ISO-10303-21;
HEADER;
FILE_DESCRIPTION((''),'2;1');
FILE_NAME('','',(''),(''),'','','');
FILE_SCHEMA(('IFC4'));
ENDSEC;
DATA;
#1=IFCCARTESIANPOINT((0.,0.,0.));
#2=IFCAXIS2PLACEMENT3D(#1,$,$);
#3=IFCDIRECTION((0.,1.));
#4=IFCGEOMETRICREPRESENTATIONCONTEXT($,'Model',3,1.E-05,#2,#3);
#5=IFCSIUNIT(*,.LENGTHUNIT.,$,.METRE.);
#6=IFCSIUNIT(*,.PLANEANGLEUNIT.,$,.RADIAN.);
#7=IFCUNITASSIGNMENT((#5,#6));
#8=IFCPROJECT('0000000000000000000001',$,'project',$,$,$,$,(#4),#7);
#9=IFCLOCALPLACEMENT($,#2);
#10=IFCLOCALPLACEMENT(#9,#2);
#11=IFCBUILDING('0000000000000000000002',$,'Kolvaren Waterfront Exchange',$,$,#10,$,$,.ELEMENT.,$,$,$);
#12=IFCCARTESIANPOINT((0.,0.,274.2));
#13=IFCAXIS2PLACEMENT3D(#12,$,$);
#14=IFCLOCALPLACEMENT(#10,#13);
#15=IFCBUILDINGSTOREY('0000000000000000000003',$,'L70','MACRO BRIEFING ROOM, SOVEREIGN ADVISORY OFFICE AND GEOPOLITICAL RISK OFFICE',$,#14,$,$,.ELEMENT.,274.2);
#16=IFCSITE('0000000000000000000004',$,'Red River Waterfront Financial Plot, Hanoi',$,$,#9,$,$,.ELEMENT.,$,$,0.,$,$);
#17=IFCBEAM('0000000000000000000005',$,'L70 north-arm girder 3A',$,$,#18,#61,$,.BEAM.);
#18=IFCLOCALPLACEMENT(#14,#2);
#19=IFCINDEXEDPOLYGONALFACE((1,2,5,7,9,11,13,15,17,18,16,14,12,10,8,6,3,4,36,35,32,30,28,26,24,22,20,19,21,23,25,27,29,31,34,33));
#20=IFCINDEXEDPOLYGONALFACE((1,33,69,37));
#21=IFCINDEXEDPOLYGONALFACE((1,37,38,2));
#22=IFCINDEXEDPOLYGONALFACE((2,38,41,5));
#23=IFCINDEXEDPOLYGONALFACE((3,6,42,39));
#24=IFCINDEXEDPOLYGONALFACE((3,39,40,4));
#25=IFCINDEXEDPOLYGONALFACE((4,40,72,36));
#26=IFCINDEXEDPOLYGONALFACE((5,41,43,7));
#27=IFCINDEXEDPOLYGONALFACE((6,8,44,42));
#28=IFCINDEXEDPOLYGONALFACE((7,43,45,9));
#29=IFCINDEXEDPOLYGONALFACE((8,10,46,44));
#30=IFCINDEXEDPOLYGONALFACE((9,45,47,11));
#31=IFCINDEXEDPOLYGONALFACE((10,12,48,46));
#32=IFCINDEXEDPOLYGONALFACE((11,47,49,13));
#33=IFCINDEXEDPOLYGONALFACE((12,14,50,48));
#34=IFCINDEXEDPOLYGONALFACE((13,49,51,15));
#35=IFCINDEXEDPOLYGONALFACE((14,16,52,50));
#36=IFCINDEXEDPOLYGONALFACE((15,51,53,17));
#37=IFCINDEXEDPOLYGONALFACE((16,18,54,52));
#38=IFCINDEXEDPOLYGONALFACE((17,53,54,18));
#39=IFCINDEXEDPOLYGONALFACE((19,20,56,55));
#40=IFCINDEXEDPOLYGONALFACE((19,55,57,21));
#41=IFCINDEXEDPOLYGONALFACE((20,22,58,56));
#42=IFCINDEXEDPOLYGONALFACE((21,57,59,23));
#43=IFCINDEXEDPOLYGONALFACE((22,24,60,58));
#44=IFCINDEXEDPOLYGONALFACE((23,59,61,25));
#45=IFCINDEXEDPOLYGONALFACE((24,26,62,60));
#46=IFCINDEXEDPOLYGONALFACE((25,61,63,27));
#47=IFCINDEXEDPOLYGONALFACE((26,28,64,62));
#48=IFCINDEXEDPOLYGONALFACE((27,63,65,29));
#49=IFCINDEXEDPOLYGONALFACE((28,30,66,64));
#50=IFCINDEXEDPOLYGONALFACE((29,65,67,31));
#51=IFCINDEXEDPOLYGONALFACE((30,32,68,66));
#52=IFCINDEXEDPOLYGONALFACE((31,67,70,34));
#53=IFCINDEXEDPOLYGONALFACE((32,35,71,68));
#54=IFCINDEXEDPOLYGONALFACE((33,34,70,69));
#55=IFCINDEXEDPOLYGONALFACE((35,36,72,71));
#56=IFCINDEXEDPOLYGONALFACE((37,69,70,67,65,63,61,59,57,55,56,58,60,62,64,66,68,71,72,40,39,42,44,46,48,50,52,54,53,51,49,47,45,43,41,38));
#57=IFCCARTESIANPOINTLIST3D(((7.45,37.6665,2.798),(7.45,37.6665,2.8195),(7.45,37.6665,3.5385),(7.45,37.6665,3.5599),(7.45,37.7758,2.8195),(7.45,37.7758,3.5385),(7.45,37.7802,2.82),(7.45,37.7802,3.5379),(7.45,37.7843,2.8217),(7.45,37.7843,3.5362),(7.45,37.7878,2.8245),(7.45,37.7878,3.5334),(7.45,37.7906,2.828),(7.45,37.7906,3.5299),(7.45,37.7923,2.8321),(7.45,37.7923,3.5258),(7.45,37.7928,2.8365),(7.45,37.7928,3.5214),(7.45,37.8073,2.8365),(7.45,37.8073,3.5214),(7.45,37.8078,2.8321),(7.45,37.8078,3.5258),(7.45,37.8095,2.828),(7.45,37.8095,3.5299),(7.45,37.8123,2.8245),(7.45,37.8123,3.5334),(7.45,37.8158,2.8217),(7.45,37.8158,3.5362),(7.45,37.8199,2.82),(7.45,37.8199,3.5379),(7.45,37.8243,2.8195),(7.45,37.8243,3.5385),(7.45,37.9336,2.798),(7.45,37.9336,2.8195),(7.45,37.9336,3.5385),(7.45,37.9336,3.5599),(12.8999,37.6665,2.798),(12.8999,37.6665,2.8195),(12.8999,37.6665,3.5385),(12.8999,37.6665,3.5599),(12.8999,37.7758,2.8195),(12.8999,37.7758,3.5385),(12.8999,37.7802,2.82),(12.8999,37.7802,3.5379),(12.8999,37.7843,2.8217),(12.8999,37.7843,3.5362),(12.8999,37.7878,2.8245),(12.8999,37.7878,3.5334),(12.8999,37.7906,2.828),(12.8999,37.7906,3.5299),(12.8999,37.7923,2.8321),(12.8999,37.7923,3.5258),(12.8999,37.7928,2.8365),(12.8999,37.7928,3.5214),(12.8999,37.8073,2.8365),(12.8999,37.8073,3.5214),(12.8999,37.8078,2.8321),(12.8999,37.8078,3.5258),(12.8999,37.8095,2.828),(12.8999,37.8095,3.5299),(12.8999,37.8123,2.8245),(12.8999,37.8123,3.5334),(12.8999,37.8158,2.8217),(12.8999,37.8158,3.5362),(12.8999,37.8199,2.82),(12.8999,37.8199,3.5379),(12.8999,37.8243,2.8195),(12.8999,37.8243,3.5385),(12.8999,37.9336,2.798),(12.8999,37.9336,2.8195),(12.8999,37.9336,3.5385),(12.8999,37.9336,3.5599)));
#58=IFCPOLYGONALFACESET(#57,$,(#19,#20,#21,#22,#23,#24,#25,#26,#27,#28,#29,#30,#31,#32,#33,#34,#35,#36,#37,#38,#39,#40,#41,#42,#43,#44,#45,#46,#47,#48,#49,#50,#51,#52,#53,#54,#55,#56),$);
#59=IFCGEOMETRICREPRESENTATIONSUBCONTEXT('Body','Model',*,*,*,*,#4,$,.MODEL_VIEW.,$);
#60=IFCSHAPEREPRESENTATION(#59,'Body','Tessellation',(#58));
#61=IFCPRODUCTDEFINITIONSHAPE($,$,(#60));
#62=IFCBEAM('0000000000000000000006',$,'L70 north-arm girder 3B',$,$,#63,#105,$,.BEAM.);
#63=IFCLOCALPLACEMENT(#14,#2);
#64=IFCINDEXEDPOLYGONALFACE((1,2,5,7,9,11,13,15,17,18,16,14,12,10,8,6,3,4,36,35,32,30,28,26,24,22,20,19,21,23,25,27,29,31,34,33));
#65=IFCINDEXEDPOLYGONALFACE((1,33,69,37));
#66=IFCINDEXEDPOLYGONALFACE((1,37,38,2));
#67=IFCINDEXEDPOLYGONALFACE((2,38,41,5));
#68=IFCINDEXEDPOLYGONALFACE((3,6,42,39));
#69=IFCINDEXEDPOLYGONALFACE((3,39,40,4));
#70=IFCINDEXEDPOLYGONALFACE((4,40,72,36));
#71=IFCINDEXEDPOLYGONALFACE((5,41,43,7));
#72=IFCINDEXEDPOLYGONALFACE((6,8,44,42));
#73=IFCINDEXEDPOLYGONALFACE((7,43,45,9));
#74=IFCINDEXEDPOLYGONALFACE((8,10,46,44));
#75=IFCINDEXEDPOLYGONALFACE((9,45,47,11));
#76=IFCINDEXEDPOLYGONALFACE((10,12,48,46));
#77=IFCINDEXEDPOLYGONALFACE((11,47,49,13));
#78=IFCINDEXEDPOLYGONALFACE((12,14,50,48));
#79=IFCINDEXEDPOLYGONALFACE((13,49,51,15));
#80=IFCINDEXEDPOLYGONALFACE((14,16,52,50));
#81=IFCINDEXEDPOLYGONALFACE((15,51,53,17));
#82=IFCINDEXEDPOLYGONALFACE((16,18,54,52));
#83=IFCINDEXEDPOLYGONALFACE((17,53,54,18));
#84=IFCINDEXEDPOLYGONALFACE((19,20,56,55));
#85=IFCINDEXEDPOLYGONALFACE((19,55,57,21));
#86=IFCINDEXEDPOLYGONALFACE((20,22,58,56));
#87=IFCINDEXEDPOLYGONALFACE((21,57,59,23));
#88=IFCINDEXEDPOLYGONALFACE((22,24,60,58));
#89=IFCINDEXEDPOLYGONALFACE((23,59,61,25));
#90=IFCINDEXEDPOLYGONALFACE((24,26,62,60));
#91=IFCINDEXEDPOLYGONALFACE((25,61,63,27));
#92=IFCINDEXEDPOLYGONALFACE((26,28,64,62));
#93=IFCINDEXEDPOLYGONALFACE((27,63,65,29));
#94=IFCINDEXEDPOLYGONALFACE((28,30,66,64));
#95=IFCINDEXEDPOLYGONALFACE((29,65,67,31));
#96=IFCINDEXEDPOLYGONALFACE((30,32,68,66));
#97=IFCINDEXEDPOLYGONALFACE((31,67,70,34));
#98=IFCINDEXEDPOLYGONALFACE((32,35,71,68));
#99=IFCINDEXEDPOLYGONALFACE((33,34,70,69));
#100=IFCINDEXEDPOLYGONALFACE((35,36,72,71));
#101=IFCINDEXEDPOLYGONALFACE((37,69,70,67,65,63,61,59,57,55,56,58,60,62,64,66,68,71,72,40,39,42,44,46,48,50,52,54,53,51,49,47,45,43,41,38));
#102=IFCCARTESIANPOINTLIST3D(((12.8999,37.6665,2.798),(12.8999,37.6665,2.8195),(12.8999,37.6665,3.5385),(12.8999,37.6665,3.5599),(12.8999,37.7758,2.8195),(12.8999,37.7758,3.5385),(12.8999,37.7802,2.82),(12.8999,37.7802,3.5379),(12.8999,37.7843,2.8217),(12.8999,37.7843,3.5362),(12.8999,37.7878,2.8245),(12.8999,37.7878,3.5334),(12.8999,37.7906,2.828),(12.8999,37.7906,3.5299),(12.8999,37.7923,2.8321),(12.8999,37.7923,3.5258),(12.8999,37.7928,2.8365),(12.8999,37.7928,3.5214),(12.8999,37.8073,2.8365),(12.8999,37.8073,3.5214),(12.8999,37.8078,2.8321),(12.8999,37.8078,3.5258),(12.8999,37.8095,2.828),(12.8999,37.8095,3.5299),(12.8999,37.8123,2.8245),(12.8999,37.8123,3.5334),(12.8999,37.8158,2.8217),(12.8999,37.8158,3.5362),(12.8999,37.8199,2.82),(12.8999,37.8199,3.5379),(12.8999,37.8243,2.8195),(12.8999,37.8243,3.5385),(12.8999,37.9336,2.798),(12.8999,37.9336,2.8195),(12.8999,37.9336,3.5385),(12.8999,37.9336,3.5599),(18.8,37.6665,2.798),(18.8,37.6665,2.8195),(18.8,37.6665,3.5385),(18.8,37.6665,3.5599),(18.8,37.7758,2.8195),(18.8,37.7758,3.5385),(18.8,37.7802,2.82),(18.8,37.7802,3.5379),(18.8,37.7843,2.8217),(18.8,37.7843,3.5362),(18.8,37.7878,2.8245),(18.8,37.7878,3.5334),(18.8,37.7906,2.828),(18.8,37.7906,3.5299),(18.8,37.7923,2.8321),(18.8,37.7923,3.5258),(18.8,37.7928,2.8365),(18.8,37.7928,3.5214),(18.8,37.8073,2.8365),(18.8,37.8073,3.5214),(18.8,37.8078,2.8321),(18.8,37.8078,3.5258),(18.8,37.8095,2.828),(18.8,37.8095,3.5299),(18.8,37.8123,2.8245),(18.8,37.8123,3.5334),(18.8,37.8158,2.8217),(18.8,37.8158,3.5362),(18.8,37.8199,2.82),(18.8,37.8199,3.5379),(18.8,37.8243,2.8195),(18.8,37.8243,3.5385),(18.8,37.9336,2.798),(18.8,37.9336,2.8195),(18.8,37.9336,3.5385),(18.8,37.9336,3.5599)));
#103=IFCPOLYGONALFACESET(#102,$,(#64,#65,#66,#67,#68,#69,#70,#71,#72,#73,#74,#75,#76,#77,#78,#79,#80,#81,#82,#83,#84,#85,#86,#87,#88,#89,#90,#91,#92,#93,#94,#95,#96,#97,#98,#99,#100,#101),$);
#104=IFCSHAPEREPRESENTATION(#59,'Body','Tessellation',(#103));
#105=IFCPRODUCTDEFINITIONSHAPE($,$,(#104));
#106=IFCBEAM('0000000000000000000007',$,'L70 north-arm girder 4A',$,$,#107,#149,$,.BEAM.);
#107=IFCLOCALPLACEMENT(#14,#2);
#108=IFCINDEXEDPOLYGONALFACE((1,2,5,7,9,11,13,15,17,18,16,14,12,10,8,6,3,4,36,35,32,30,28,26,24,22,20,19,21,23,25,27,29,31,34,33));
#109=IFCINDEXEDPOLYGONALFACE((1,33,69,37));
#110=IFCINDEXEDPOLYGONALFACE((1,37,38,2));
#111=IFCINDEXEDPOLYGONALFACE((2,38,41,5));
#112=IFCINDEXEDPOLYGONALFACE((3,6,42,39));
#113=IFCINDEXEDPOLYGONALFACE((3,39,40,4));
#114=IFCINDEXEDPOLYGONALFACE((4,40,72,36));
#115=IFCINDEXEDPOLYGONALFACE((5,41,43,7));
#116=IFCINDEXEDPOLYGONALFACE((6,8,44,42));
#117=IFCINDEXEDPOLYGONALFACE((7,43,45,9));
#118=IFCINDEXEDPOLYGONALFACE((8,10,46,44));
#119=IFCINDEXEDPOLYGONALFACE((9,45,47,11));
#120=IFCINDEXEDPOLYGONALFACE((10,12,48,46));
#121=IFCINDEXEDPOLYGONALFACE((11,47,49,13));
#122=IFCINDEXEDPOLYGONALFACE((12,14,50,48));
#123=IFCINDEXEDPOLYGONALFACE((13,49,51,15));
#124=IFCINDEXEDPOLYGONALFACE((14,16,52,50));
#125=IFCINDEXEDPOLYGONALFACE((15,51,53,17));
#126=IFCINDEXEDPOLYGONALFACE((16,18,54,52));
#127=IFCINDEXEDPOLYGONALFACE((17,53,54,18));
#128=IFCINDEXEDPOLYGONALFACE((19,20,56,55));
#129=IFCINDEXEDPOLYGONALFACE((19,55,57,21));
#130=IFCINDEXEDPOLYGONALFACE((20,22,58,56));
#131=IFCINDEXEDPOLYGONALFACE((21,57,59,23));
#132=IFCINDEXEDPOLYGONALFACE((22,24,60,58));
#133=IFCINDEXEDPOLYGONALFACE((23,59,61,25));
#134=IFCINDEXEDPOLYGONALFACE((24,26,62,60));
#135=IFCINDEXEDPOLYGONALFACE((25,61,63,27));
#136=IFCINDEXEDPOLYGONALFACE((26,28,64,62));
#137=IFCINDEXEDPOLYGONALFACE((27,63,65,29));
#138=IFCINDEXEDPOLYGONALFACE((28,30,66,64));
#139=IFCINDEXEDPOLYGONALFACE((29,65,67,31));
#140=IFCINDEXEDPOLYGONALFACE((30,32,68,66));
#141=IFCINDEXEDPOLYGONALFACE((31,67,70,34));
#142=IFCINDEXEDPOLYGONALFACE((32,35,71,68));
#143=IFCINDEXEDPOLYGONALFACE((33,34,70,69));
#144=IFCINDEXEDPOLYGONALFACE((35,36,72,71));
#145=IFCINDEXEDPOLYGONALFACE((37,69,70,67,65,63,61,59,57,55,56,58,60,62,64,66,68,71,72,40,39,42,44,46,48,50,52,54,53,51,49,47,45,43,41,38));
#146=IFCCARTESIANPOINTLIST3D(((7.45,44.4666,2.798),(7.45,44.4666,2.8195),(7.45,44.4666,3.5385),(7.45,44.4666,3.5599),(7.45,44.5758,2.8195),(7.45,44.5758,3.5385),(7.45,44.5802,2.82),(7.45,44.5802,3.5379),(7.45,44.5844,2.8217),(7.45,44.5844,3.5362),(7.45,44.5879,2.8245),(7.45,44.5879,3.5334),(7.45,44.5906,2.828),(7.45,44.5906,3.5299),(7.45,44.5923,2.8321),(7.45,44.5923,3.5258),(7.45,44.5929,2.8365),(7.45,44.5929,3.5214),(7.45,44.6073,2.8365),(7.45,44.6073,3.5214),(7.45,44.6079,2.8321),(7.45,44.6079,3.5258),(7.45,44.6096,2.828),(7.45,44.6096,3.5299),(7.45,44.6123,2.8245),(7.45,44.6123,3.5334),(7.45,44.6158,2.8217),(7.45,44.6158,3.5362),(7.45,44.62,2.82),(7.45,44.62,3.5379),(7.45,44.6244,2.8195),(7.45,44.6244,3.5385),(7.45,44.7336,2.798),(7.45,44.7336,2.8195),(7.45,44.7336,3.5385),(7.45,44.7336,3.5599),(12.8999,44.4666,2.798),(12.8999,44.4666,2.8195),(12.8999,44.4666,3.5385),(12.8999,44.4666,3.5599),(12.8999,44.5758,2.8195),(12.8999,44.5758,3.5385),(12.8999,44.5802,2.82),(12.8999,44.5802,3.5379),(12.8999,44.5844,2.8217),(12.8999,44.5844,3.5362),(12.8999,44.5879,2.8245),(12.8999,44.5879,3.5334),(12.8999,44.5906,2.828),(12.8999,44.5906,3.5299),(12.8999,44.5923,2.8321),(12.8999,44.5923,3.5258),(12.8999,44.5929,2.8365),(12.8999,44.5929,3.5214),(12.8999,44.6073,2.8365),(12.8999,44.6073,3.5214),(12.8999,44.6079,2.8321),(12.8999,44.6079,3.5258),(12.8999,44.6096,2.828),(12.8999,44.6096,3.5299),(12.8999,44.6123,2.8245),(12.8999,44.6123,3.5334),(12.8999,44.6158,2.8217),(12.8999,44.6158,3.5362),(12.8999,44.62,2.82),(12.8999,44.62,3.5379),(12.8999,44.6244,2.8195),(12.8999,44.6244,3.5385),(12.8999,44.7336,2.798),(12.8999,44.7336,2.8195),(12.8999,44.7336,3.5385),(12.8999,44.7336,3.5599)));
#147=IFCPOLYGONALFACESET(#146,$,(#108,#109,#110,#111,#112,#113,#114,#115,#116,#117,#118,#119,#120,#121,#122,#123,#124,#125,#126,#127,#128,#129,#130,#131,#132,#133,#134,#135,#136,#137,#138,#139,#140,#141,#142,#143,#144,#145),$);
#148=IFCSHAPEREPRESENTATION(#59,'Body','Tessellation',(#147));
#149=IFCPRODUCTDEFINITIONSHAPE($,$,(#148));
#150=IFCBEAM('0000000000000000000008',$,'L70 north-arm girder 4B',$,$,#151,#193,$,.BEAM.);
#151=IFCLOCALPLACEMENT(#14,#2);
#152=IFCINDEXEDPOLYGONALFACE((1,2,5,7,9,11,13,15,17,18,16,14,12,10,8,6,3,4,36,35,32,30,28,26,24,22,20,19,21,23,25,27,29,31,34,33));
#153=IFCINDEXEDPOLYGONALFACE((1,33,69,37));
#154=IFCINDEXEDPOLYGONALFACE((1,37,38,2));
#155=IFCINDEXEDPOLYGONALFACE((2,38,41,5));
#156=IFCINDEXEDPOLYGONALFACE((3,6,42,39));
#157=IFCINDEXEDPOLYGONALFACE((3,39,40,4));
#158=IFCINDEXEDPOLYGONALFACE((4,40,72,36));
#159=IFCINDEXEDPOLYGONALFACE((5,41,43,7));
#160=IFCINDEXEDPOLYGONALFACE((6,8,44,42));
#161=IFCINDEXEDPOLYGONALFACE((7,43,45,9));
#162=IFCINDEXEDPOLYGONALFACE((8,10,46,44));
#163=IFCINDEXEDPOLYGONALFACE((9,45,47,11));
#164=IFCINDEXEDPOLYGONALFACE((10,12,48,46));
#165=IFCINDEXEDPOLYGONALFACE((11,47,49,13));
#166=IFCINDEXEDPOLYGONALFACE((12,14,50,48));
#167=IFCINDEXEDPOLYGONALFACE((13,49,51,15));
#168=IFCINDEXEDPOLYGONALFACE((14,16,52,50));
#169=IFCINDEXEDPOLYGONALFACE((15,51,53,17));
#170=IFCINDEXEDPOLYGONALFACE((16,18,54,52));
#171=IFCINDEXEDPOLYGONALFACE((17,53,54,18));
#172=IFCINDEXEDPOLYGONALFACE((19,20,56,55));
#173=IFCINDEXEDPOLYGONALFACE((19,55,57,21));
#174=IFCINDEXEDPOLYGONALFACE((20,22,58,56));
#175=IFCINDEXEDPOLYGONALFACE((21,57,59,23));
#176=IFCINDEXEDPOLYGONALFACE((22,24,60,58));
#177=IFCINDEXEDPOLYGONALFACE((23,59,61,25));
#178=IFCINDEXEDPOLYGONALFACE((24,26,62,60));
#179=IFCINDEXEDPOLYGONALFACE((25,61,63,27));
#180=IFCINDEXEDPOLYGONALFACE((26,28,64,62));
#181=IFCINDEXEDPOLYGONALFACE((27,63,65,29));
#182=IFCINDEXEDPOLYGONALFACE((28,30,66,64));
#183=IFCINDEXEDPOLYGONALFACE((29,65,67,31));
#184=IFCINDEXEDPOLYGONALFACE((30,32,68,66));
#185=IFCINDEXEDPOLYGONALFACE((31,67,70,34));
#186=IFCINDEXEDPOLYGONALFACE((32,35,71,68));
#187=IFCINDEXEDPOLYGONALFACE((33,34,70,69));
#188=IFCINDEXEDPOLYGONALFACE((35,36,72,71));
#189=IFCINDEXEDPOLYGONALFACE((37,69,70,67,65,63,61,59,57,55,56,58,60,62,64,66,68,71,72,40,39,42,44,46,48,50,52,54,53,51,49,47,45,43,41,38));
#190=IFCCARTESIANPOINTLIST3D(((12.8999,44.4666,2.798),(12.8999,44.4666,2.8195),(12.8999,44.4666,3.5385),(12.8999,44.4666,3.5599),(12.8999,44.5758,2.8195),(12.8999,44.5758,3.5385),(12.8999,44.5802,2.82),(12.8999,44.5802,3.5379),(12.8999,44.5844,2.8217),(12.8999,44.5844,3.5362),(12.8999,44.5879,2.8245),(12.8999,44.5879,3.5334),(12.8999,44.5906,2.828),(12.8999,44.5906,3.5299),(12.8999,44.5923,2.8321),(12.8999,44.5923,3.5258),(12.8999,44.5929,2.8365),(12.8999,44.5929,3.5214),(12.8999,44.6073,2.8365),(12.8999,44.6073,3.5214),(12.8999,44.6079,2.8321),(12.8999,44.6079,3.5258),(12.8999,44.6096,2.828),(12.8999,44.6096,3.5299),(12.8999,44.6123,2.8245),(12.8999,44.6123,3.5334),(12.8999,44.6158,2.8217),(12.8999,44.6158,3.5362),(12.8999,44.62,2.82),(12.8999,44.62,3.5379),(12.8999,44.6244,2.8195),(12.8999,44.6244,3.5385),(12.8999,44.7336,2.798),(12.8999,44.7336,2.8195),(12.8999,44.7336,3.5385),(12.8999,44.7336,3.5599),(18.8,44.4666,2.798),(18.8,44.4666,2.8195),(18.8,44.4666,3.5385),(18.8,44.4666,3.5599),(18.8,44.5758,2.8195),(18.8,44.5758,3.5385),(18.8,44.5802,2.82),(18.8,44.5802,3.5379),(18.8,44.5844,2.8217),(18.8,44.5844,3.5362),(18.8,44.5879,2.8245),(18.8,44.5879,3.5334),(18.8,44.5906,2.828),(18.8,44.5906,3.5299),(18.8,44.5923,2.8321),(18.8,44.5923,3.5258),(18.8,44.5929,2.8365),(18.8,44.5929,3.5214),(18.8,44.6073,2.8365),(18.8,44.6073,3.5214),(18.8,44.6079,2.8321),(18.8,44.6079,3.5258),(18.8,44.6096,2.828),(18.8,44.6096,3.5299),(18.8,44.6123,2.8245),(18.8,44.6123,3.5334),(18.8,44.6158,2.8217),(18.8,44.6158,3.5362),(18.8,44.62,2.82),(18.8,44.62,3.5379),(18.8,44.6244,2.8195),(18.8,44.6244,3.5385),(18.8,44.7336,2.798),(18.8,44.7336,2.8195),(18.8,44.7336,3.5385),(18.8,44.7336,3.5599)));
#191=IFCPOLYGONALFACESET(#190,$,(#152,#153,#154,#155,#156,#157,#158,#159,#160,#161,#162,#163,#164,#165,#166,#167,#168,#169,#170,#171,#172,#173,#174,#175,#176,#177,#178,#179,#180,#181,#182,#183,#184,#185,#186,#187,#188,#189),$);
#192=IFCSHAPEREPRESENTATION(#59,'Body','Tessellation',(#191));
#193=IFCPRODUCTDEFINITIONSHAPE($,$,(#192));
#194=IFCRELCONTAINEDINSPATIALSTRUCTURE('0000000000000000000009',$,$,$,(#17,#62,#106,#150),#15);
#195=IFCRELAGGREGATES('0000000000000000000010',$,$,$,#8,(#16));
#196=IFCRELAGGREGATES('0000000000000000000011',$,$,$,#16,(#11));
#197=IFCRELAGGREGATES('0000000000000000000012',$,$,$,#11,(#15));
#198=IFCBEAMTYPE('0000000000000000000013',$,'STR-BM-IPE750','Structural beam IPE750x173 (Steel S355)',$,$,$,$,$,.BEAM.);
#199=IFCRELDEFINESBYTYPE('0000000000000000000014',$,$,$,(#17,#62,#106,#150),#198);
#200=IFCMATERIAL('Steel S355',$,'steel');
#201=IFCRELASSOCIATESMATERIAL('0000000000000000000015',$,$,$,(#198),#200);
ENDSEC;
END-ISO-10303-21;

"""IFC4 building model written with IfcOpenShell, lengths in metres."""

from ifc_helpers import new_model, si_unit, direction, frame, origin, origin_2d, place, context, subcontext, project, spatial, i_section, extrude, material, material_profile, profile_set, type_object, element, save


model = new_model("IFC4")

# Units and contexts
model_context = context("Model", 3, precision=1e-05, world=origin(), true_north=direction((0.0, 1.0)))
body_context = subcontext(model_context, "Body", "Model", "MODEL_VIEW")
ifc_project = project(units=[si_unit("LENGTHUNIT", "METRE"), si_unit("PLANEANGLEUNIT", "RADIAN")], contexts=[model_context])

# Site, building, storey
site_placement = place(None, origin())
site = spatial("IfcSite", under=ifc_project, at=site_placement, Name="Red River Waterfront Financial Plot, Hanoi", CompositionType="ELEMENT", RefElevation=0.0)
building_placement = place(site_placement, origin())
building = spatial("IfcBuilding", under=site, at=building_placement, Name="Kolvaren Waterfront Exchange", CompositionType="ELEMENT")
storey_placement = place(building_placement, frame((0.0, 0.0, 274.2)))
storey = spatial("IfcBuildingStorey", under=building, at=storey_placement, Name="L70", Description="MACRO BRIEFING ROOM, SOVEREIGN ADVISORY OFFICE AND GEOPOLITICAL RISK OFFICE", CompositionType="ELEMENT", Elevation=274.2)

# Beams
ifc_material_1 = material(Name="Steel S355", Category="steel")
ifc_material_profile_1 = material_profile(ifc_material_1, i_section(OverallWidth=0.2671, OverallDepth=0.762, WebThickness=0.0144, FlangeThickness=0.0215, FilletRadius=0.0171, at=origin_2d()), Name="IPE750x173")
ifc_profile_set_1 = profile_set([ifc_material_profile_1], Name="Steel S355")
beam_type_1 = type_object("IfcBeamType", Name="STR-BM-IPE750", Description="Structural beam IPE750x173 (Steel S355)", PredefinedType="BEAM", material=ifc_profile_set_1)
beam_1_placement = place(storey_placement, frame((7.45, 37.8, 3.179), z_axis=(1.0, 0.0, 0.0), x_axis=(0.0, 1.0, 0.0)))
element("IfcBeam", 1, at=beam_1_placement, inside=storey, type_object=beam_type_1, Name="L70 north-arm girder 3A", PredefinedType="BEAM", context=body_context, shape_type="SweptSolid", body=[
    extrude(i_section(OverallWidth=0.2671, OverallDepth=0.762, WebThickness=0.0144, FlangeThickness=0.0215, FilletRadius=0.0171, at=origin_2d()), origin(), (0.0, 0.0, 1.0), 5.45),
])
beam_2_placement = place(storey_placement, frame((12.8999, 37.8, 3.179), z_axis=(1.0, 0.0, 0.0), x_axis=(0.0, 1.0, 0.0)))
element("IfcBeam", 2, at=beam_2_placement, inside=storey, type_object=beam_type_1, Name="L70 north-arm girder 3B", PredefinedType="BEAM", context=body_context, shape_type="SweptSolid", body=[
    extrude(i_section(OverallWidth=0.2671, OverallDepth=0.762, WebThickness=0.0144, FlangeThickness=0.0215, FilletRadius=0.0171, at=origin_2d()), origin(), (0.0, 0.0, 1.0), 5.9001),
])
beam_3_placement = place(storey_placement, frame((7.45, 44.6001, 3.179), z_axis=(1.0, 0.0, 0.0), x_axis=(0.0, 1.0, 0.0)))
element("IfcBeam", 3, at=beam_3_placement, inside=storey, type_object=beam_type_1, Name="L70 north-arm girder 4A", PredefinedType="BEAM", context=body_context, shape_type="SweptSolid", body=[
    extrude(i_section(OverallWidth=0.2671, OverallDepth=0.762, WebThickness=0.0144, FlangeThickness=0.0215, FilletRadius=0.0171, at=origin_2d()), origin(), (0.0, 0.0, 1.0), 5.45),
])
beam_4_placement = place(storey_placement, frame((12.8999, 44.6001, 3.179), z_axis=(1.0, 0.0, 0.0), x_axis=(0.0, 1.0, 0.0)))
element("IfcBeam", 4, at=beam_4_placement, inside=storey, type_object=beam_type_1, Name="L70 north-arm girder 4B", PredefinedType="BEAM", context=body_context, shape_type="SweptSolid", body=[
    extrude(i_section(OverallWidth=0.2671, OverallDepth=0.762, WebThickness=0.0144, FlangeThickness=0.0215, FilletRadius=0.0171, at=origin_2d()), origin(), (0.0, 0.0, 1.0), 5.9001),
])

save(model, "model.ifc")
